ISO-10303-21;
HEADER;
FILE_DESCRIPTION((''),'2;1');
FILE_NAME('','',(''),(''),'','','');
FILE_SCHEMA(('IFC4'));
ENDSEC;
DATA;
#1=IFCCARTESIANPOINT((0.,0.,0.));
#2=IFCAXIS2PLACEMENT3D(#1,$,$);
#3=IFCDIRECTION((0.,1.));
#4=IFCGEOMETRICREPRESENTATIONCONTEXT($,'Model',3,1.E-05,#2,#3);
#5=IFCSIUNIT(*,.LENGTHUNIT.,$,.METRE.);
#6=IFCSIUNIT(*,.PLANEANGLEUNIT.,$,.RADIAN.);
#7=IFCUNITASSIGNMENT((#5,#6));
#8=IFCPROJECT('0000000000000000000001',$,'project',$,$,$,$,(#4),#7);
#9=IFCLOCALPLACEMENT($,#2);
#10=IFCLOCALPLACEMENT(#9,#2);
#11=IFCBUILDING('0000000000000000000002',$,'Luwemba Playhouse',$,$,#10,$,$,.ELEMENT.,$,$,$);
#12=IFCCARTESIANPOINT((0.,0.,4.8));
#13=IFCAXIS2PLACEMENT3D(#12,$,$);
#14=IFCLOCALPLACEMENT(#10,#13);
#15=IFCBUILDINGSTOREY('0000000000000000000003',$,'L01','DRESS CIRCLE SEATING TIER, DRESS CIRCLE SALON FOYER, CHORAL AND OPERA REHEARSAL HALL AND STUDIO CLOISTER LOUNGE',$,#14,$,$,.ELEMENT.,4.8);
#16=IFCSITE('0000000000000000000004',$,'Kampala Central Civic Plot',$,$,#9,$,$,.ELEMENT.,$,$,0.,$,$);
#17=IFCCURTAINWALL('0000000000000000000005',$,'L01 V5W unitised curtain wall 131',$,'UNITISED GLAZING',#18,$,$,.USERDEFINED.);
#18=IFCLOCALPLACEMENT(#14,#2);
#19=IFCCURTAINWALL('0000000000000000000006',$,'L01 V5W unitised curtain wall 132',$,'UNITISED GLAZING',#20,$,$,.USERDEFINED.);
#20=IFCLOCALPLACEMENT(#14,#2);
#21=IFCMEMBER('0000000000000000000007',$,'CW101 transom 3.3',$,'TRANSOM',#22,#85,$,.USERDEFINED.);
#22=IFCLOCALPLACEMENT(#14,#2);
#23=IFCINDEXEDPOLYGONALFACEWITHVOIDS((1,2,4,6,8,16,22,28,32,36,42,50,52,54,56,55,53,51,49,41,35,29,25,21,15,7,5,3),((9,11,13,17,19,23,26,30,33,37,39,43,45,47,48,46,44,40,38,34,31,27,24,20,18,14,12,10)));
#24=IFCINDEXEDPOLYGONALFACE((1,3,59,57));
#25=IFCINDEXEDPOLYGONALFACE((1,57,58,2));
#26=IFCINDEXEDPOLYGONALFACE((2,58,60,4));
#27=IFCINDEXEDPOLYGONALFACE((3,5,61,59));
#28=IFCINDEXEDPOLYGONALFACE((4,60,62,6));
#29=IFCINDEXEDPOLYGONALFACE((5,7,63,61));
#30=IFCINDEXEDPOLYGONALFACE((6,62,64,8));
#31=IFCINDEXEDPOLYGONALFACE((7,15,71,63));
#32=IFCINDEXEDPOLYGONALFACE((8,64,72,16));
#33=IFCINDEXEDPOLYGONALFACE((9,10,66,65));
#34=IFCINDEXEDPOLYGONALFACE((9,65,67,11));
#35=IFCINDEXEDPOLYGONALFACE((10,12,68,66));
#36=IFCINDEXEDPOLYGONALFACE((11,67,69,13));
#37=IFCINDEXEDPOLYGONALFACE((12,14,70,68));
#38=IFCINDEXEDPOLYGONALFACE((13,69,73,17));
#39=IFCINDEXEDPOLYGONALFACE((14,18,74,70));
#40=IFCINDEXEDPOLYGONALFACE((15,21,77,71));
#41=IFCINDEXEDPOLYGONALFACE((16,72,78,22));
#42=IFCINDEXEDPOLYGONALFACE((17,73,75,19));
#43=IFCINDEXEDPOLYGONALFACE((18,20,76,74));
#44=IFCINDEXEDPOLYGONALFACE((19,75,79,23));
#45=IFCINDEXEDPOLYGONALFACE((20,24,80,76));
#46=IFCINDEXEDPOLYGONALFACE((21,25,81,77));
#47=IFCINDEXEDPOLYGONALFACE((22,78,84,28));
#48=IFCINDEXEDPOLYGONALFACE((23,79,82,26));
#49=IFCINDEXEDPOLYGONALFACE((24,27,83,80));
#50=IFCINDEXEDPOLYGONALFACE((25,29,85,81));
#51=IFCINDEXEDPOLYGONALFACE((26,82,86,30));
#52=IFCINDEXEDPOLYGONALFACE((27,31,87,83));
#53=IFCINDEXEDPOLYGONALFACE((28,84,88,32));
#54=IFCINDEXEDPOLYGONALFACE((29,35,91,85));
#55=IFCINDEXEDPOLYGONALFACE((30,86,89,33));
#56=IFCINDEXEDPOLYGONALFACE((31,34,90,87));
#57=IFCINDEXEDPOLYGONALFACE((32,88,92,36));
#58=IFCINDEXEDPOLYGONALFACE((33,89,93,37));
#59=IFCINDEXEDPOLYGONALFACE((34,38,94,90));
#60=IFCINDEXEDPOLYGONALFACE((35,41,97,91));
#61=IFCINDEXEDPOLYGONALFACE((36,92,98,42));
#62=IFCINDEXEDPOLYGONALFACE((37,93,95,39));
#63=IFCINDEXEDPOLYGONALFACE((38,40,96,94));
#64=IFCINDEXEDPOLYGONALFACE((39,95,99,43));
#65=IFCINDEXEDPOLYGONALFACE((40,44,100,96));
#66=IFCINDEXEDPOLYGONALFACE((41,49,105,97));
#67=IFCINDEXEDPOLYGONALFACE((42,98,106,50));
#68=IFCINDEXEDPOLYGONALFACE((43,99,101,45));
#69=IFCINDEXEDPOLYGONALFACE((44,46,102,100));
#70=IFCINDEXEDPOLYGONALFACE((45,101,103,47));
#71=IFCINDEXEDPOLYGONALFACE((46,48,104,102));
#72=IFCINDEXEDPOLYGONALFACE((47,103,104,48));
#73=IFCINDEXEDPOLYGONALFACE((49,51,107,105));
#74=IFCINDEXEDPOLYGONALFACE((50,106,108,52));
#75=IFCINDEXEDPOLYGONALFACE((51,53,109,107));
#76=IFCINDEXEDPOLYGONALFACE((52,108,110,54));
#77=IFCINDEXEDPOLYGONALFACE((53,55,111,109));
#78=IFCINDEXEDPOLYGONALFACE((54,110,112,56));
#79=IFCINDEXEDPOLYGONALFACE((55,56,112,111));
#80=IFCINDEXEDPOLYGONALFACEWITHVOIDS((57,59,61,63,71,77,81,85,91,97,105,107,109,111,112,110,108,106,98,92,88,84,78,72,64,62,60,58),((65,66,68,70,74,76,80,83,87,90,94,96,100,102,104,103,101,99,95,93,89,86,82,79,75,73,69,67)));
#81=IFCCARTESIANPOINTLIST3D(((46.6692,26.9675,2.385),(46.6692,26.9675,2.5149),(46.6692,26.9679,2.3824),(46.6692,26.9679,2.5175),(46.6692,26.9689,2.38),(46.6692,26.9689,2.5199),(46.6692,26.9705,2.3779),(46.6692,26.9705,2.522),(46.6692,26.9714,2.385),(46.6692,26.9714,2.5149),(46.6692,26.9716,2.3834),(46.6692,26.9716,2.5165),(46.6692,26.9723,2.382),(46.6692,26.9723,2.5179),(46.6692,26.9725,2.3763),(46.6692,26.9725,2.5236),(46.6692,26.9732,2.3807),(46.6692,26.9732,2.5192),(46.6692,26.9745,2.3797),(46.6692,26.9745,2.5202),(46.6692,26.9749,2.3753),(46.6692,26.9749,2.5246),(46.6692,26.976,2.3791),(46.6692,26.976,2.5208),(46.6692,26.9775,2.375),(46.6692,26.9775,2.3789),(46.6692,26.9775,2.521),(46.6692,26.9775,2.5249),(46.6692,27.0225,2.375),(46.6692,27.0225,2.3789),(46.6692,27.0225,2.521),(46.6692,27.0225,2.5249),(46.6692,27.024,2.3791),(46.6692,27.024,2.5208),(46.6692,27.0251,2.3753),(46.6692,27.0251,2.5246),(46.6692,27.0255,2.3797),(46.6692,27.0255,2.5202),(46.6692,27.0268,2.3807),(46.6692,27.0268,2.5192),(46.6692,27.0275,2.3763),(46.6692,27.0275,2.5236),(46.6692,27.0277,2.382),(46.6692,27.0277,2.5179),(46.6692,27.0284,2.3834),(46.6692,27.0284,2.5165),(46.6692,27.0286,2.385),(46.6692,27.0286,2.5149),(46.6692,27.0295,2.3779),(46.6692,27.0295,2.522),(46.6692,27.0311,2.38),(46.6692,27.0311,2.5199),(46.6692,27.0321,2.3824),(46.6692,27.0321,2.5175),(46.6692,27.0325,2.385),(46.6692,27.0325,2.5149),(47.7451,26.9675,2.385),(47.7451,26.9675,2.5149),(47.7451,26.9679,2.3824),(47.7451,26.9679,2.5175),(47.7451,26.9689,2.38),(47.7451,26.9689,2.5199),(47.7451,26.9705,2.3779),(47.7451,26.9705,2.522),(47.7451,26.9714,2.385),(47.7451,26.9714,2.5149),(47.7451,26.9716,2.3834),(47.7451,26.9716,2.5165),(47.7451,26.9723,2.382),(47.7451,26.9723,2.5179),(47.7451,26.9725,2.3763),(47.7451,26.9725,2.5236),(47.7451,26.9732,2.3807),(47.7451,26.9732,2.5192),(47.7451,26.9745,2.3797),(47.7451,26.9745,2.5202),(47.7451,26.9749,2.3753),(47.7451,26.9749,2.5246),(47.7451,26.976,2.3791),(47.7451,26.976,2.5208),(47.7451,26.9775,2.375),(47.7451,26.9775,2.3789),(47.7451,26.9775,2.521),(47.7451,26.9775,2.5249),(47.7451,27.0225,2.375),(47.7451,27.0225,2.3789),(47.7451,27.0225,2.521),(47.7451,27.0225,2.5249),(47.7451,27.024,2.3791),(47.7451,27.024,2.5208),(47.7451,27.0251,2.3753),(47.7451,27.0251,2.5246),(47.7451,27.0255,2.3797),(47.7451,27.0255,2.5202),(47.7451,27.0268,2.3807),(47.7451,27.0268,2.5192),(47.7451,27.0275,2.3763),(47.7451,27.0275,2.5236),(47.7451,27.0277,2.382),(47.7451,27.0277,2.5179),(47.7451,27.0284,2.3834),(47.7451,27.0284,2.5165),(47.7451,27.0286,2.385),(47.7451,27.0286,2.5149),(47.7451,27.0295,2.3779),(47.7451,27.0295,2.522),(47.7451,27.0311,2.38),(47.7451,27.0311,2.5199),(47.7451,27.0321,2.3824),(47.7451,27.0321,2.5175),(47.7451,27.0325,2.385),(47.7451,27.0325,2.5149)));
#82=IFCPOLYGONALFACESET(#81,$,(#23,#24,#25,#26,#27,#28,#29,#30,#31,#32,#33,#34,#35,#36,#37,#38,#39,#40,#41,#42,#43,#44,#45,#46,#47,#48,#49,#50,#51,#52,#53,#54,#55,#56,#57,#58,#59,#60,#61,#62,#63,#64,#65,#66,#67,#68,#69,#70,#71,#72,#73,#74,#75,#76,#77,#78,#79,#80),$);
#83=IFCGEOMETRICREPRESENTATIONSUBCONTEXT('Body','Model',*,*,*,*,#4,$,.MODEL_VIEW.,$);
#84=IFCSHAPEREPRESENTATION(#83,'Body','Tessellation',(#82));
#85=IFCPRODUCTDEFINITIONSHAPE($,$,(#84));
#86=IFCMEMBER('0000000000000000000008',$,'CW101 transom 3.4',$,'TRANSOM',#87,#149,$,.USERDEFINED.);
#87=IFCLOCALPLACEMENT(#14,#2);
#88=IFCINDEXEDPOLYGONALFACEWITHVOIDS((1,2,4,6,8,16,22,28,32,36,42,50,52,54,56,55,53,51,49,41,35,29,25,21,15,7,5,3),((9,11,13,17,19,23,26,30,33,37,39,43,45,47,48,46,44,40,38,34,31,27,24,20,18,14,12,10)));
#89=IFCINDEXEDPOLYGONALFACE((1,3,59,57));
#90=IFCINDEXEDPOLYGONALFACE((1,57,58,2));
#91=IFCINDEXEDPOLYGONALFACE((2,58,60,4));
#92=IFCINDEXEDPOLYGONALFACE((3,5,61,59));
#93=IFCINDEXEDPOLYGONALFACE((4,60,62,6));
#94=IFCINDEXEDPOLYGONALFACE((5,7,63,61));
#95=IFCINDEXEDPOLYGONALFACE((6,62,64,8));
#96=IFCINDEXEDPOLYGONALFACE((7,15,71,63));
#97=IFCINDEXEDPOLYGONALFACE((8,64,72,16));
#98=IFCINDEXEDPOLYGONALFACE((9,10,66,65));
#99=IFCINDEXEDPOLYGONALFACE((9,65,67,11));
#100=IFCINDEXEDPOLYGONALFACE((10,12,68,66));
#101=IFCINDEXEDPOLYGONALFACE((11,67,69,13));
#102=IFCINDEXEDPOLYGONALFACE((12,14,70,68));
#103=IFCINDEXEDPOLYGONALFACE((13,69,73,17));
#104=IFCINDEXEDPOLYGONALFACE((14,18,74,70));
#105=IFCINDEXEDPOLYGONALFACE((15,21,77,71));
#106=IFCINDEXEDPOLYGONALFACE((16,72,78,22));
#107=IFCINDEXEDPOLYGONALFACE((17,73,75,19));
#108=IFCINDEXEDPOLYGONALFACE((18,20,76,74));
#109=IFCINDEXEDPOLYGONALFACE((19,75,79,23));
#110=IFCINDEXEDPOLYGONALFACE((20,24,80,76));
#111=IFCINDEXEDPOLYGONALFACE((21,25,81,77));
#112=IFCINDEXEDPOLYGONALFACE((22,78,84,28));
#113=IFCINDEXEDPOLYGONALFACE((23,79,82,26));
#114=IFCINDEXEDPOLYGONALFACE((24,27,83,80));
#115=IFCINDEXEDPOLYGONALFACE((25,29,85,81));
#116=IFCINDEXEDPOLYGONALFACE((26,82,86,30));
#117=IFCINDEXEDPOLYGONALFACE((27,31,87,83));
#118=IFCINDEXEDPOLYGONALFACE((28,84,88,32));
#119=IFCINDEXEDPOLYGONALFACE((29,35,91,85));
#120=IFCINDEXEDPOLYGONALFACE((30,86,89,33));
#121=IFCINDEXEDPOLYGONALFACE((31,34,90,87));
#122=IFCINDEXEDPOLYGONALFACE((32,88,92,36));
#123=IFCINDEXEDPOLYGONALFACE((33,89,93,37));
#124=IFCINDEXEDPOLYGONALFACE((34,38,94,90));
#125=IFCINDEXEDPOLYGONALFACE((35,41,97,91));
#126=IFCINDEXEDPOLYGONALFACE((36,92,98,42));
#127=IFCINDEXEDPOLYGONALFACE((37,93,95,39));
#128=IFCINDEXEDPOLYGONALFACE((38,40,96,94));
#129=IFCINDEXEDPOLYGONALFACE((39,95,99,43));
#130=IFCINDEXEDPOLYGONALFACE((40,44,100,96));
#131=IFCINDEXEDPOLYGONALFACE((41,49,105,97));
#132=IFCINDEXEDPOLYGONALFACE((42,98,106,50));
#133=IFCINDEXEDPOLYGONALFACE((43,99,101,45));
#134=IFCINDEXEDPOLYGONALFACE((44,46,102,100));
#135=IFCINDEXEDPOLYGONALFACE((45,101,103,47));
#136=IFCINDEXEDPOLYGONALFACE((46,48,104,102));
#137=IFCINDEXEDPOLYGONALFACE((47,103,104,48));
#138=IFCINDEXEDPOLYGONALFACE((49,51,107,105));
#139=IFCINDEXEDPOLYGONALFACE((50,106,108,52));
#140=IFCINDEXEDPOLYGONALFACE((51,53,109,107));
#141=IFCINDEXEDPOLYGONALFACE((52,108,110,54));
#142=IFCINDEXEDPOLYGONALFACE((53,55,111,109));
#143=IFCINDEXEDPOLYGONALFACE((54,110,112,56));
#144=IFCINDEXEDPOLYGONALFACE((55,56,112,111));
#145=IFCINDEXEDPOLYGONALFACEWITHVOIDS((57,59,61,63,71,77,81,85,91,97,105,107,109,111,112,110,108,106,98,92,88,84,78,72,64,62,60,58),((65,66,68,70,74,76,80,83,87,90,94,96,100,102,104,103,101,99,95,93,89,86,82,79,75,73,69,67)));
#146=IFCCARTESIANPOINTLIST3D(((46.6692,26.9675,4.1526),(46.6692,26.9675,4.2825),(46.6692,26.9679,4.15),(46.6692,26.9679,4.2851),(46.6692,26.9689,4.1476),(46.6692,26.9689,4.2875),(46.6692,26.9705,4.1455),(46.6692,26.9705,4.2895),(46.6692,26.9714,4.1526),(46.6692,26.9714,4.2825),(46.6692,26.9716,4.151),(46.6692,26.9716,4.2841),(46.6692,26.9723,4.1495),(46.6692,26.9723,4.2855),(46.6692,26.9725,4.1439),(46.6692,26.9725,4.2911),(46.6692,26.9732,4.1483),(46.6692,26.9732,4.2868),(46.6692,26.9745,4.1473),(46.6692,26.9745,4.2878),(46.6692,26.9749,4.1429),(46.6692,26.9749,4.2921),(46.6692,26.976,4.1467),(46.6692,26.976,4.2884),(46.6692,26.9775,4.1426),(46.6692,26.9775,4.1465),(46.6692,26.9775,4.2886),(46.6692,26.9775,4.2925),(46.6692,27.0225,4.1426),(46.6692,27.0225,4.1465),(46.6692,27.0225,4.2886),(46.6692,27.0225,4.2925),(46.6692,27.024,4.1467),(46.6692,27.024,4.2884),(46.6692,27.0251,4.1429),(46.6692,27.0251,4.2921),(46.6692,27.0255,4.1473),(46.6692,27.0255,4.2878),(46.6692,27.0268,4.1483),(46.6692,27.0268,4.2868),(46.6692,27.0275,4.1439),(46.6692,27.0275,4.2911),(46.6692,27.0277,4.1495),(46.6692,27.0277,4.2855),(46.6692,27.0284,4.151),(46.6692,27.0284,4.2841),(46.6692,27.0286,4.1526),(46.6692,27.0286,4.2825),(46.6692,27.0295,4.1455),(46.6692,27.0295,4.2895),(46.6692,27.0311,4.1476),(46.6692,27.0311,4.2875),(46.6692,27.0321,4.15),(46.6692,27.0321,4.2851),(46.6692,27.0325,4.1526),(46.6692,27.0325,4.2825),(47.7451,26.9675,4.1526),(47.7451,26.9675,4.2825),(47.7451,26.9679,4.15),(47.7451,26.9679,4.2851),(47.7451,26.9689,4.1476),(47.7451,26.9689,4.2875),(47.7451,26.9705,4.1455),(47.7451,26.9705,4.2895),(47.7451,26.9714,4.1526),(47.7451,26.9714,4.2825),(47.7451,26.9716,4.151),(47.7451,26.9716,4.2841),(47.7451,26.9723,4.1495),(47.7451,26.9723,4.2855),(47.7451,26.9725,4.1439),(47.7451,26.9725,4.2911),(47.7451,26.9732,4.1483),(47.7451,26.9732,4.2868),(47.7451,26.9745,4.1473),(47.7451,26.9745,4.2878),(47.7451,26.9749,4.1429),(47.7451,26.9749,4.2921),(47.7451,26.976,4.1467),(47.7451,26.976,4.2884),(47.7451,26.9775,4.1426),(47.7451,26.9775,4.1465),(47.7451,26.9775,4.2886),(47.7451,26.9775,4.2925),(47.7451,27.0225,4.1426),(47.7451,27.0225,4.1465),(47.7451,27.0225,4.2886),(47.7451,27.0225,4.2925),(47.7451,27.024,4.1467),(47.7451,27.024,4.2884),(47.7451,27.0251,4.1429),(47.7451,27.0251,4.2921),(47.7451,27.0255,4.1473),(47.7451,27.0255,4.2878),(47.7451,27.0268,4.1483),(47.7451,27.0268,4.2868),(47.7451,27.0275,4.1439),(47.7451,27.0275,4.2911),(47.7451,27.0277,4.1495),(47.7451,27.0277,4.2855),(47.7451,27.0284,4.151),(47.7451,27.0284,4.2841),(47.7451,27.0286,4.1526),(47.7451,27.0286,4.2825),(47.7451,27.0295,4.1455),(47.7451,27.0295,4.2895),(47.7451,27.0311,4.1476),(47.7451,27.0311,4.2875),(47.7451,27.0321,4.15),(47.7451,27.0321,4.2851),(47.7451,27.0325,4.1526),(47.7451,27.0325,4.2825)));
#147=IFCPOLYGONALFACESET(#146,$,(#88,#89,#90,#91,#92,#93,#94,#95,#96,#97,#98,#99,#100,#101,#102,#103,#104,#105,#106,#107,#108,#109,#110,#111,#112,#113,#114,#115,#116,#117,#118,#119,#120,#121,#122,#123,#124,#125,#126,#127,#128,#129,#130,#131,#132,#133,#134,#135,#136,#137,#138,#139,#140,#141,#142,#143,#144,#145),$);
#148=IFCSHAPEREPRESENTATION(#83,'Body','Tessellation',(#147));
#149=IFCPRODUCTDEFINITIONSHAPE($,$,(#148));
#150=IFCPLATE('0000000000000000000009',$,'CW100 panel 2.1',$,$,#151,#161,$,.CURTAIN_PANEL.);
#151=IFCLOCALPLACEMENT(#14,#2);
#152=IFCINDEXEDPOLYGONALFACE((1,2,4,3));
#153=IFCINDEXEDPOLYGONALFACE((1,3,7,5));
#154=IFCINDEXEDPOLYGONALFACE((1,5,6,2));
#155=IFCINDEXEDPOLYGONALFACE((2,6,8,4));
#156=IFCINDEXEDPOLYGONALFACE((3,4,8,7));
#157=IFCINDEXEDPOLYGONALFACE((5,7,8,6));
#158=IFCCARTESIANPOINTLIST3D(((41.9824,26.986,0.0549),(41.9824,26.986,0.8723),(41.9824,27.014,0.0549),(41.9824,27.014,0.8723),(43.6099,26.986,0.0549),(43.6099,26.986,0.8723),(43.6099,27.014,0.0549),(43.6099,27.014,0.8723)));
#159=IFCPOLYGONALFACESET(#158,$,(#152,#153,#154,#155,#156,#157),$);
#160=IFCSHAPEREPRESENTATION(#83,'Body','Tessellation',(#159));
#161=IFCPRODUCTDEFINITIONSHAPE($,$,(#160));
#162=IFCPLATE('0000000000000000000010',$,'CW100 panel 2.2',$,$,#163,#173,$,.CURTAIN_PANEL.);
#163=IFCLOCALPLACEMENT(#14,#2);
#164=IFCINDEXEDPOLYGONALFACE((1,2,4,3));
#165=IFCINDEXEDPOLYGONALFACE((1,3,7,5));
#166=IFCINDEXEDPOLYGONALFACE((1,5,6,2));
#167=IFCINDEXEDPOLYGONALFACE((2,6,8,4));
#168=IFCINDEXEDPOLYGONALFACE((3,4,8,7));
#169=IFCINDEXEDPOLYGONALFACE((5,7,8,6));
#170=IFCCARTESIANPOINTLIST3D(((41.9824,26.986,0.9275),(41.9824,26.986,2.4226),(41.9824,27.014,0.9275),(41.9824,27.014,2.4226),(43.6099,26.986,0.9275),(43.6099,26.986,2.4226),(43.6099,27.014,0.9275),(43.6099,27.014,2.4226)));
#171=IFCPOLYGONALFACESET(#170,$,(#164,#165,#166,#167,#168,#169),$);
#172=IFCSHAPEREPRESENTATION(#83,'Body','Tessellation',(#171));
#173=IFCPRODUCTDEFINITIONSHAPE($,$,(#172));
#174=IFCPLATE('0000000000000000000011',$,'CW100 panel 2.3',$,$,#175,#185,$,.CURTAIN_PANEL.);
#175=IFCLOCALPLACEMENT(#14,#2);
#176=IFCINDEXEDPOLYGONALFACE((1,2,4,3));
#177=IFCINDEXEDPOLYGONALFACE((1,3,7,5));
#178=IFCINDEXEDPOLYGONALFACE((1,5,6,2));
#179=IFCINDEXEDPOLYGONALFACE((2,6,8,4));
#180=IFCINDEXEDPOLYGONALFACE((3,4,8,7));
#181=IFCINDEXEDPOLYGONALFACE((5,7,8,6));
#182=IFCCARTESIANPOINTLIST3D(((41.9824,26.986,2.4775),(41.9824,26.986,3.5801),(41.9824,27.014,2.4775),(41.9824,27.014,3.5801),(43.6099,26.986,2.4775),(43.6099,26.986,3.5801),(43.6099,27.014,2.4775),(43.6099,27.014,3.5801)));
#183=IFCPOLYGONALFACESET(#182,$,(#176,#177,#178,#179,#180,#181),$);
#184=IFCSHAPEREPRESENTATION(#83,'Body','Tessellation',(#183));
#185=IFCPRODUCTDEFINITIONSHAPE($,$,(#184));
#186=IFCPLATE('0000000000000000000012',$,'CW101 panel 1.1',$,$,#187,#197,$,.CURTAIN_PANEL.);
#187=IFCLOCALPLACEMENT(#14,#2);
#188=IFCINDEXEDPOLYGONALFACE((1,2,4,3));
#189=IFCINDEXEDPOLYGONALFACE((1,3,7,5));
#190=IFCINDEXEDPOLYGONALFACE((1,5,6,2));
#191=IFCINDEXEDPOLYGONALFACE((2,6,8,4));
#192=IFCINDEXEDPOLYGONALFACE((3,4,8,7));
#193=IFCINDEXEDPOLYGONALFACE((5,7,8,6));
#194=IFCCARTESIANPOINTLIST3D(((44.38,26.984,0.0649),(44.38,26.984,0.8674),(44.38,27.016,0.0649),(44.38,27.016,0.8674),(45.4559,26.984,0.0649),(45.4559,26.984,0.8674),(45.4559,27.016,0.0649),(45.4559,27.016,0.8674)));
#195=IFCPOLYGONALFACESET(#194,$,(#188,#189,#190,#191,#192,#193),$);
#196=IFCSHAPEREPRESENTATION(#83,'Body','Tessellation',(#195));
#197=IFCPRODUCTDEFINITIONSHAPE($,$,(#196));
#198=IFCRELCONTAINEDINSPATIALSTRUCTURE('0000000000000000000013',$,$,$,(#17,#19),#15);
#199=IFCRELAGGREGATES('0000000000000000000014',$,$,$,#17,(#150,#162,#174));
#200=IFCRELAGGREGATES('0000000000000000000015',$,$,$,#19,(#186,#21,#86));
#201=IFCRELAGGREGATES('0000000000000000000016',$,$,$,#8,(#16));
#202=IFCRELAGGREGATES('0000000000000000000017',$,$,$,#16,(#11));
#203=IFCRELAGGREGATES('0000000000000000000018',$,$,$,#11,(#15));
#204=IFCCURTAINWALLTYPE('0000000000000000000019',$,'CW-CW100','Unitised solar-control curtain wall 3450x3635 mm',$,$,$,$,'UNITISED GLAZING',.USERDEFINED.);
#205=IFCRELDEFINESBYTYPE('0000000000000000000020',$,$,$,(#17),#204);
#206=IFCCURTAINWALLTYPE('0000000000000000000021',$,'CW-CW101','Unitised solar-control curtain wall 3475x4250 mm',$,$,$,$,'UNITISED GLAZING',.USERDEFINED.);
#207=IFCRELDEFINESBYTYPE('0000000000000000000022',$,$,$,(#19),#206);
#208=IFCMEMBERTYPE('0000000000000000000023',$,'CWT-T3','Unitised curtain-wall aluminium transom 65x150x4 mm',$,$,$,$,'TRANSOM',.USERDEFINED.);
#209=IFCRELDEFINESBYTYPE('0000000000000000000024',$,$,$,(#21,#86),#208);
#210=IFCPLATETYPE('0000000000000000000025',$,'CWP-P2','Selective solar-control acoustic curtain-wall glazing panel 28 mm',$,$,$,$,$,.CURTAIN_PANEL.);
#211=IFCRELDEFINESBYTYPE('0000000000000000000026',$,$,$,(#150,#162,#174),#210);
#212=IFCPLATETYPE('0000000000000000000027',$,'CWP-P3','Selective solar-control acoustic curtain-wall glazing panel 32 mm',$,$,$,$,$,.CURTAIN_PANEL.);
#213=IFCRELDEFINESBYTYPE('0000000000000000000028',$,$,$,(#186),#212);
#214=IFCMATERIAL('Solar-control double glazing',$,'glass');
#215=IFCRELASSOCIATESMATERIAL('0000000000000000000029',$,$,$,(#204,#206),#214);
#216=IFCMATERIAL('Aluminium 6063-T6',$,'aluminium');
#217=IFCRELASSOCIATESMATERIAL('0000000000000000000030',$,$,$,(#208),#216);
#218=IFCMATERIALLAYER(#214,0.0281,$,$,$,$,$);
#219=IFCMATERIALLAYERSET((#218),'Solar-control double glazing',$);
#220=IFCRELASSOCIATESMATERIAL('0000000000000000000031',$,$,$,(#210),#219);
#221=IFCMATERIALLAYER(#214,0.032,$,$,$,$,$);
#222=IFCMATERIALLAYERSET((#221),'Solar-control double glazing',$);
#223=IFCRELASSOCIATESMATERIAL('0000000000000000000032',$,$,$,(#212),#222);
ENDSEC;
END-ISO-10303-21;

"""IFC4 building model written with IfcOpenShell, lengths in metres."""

from ifc_helpers import new_model, si_unit, direction, frame, origin, origin_2d, place, context, subcontext, project, spatial, rectangle, hollow_rectangle, extrude, material, layer, layer_set, material_profile, profile_set, type_object, element, aggregate, save


model = new_model("IFC4")

# Units and contexts
model_context = context("Model", 3, precision=1e-05, world=origin(), true_north=direction((0.0, 1.0)))
body_context = subcontext(model_context, "Body", "Model", "MODEL_VIEW")
ifc_project = project(units=[si_unit("LENGTHUNIT", "METRE"), si_unit("PLANEANGLEUNIT", "RADIAN")], contexts=[model_context])

# Site, building, storey
site_placement = place(None, origin())
site = spatial("IfcSite", under=ifc_project, at=site_placement, Name="Kampala Central Civic Plot", CompositionType="ELEMENT", RefElevation=0.0)
building_placement = place(site_placement, origin())
building = spatial("IfcBuilding", under=site, at=building_placement, Name="Luwemba Playhouse", CompositionType="ELEMENT")
storey_placement = place(building_placement, frame((0.0, 0.0, 4.8)))
storey = spatial("IfcBuildingStorey", under=building, at=storey_placement, Name="L01", Description="DRESS CIRCLE SEATING TIER, DRESS CIRCLE SALON FOYER, CHORAL AND OPERA REHEARSAL HALL AND STUDIO CLOISTER LOUNGE", CompositionType="ELEMENT", Elevation=4.8)

# Curtain wall
ifc_material_1 = material(Name="Solar-control double glazing", Category="glass")
curtain_wall_type_1 = type_object("IfcCurtainWallType", Name="CW-CW100", Description="Unitised solar-control curtain wall 3450x3635 mm", ElementType="UNITISED GLAZING", PredefinedType="USERDEFINED", material=ifc_material_1)
curtain_wall_1_placement = place(storey_placement, origin())
curtain_wall_1 = element("IfcCurtainWall", 1, at=curtain_wall_1_placement, inside=storey, type_object=curtain_wall_type_1, Name="L01 V5W unitised curtain wall 131", ObjectType="UNITISED GLAZING", PredefinedType="USERDEFINED")
ifc_material_2 = material(Name="Aluminium 6063-T6", Category="aluminium")

# Curtain wall
curtain_wall_type_2 = type_object("IfcCurtainWallType", Name="CW-CW101", Description="Unitised solar-control curtain wall 3475x4250 mm", ElementType="UNITISED GLAZING", PredefinedType="USERDEFINED", material=ifc_material_1)
curtain_wall_2_placement = place(storey_placement, origin())
curtain_wall_2 = element("IfcCurtainWall", 2, at=curtain_wall_2_placement, inside=storey, type_object=curtain_wall_type_2, Name="L01 V5W unitised curtain wall 132", ObjectType="UNITISED GLAZING", PredefinedType="USERDEFINED")

# Members
ifc_material_profile_1 = material_profile(ifc_material_2, hollow_rectangle(XDim=0.0649, YDim=0.1499, WallThickness=0.0039, InnerFilletRadius=0.0061, OuterFilletRadius=0.01, at=origin_2d()))
ifc_profile_set_1 = profile_set([ifc_material_profile_1], Name="Aluminium 6063-T6")
member_type_1 = type_object("IfcMemberType", Name="CWT-T3", Description="Unitised curtain-wall aluminium transom 65x150x4 mm", ElementType="TRANSOM", PredefinedType="USERDEFINED", material=ifc_profile_set_1)
member_1_placement = place(storey_placement, frame((46.6692, 27.0, 2.45), z_axis=(1.0, 0.0, 0.0), x_axis=(0.0, 1.0, 0.0)))
member_1 = element("IfcMember", 3, at=member_1_placement, type_object=member_type_1, Name="CW101 transom 3.3", ObjectType="TRANSOM", PredefinedType="USERDEFINED", context=body_context, shape_type="SweptSolid", body=[
    extrude(hollow_rectangle(XDim=0.0649, YDim=0.1499, WallThickness=0.0039, InnerFilletRadius=0.0061, OuterFilletRadius=0.01, at=origin_2d()), origin(), (0.0, 0.0, 1.0), 1.0759),
])
member_2_placement = place(storey_placement, frame((46.6692, 27.0, 4.2175), z_axis=(1.0, 0.0, 0.0), x_axis=(0.0, 1.0, 0.0)))
member_2 = element("IfcMember", 4, at=member_2_placement, type_object=member_type_1, Name="CW101 transom 3.4", ObjectType="TRANSOM", PredefinedType="USERDEFINED", context=body_context, shape_type="SweptSolid", body=[
    extrude(hollow_rectangle(XDim=0.0649, YDim=0.1499, WallThickness=0.0039, InnerFilletRadius=0.0061, OuterFilletRadius=0.01, at=origin_2d()), origin(), (0.0, 0.0, 1.0), 1.0759),
])

# Plates
ifc_layer_1 = layer(ifc_material_1, 0.0281)
ifc_layer_set_1 = layer_set([ifc_layer_1], Name="Solar-control double glazing")
plate_type_1 = type_object("IfcPlateType", Name="CWP-P2", Description="Selective solar-control acoustic curtain-wall glazing panel 28 mm", PredefinedType="CURTAIN_PANEL", material=ifc_layer_set_1)
plate_1_placement = place(storey_placement, frame((42.7961, 27.0, 0.0549), z_axis=(0.0, 0.0, 1.0), x_axis=(1.0, 0.0, 0.0)))
plate_1 = element("IfcPlate", 5, at=plate_1_placement, type_object=plate_type_1, Name="CW100 panel 2.1", PredefinedType="CURTAIN_PANEL", context=body_context, shape_type="SweptSolid", body=[
    extrude(rectangle(XDim=1.6274, YDim=0.0281, at=origin_2d()), origin(), (0.0, 0.0, 1.0), 0.8174),
])
plate_2_placement = place(storey_placement, frame((42.7961, 27.0, 0.9275), z_axis=(0.0, 0.0, 1.0), x_axis=(1.0, 0.0, 0.0)))
plate_2 = element("IfcPlate", 6, at=plate_2_placement, type_object=plate_type_1, Name="CW100 panel 2.2", PredefinedType="CURTAIN_PANEL", context=body_context, shape_type="SweptSolid", body=[
    extrude(rectangle(XDim=1.6274, YDim=0.0281, at=origin_2d()), origin(), (0.0, 0.0, 1.0), 1.4951),
])
plate_3_placement = place(storey_placement, frame((42.7961, 27.0, 2.4775), z_axis=(0.0, 0.0, 1.0), x_axis=(1.0, 0.0, 0.0)))
plate_3 = element("IfcPlate", 7, at=plate_3_placement, type_object=plate_type_1, Name="CW100 panel 2.3", PredefinedType="CURTAIN_PANEL", context=body_context, shape_type="SweptSolid", body=[
    extrude(rectangle(XDim=1.6274, YDim=0.0281, at=origin_2d()), origin(), (0.0, 0.0, 1.0), 1.1025),
])
aggregate(curtain_wall_1, [plate_1, plate_2, plate_3])
ifc_layer_2 = layer(ifc_material_1, 0.032)
ifc_layer_set_2 = layer_set([ifc_layer_2], Name="Solar-control double glazing")
plate_type_2 = type_object("IfcPlateType", Name="CWP-P3", Description="Selective solar-control acoustic curtain-wall glazing panel 32 mm", PredefinedType="CURTAIN_PANEL", material=ifc_layer_set_2)
plate_4_placement = place(storey_placement, frame((44.918, 27.0, 0.0649), z_axis=(0.0, 0.0, 1.0), x_axis=(1.0, 0.0, 0.0)))
plate_4 = element("IfcPlate", 8, at=plate_4_placement, type_object=plate_type_2, Name="CW101 panel 1.1", PredefinedType="CURTAIN_PANEL", context=body_context, shape_type="SweptSolid", body=[
    extrude(rectangle(XDim=1.0759, YDim=0.032, at=origin_2d()), origin(), (0.0, 0.0, 1.0), 0.8025),
])
aggregate(curtain_wall_2, [plate_4, member_1, member_2])

save(model, "model.ifc")
